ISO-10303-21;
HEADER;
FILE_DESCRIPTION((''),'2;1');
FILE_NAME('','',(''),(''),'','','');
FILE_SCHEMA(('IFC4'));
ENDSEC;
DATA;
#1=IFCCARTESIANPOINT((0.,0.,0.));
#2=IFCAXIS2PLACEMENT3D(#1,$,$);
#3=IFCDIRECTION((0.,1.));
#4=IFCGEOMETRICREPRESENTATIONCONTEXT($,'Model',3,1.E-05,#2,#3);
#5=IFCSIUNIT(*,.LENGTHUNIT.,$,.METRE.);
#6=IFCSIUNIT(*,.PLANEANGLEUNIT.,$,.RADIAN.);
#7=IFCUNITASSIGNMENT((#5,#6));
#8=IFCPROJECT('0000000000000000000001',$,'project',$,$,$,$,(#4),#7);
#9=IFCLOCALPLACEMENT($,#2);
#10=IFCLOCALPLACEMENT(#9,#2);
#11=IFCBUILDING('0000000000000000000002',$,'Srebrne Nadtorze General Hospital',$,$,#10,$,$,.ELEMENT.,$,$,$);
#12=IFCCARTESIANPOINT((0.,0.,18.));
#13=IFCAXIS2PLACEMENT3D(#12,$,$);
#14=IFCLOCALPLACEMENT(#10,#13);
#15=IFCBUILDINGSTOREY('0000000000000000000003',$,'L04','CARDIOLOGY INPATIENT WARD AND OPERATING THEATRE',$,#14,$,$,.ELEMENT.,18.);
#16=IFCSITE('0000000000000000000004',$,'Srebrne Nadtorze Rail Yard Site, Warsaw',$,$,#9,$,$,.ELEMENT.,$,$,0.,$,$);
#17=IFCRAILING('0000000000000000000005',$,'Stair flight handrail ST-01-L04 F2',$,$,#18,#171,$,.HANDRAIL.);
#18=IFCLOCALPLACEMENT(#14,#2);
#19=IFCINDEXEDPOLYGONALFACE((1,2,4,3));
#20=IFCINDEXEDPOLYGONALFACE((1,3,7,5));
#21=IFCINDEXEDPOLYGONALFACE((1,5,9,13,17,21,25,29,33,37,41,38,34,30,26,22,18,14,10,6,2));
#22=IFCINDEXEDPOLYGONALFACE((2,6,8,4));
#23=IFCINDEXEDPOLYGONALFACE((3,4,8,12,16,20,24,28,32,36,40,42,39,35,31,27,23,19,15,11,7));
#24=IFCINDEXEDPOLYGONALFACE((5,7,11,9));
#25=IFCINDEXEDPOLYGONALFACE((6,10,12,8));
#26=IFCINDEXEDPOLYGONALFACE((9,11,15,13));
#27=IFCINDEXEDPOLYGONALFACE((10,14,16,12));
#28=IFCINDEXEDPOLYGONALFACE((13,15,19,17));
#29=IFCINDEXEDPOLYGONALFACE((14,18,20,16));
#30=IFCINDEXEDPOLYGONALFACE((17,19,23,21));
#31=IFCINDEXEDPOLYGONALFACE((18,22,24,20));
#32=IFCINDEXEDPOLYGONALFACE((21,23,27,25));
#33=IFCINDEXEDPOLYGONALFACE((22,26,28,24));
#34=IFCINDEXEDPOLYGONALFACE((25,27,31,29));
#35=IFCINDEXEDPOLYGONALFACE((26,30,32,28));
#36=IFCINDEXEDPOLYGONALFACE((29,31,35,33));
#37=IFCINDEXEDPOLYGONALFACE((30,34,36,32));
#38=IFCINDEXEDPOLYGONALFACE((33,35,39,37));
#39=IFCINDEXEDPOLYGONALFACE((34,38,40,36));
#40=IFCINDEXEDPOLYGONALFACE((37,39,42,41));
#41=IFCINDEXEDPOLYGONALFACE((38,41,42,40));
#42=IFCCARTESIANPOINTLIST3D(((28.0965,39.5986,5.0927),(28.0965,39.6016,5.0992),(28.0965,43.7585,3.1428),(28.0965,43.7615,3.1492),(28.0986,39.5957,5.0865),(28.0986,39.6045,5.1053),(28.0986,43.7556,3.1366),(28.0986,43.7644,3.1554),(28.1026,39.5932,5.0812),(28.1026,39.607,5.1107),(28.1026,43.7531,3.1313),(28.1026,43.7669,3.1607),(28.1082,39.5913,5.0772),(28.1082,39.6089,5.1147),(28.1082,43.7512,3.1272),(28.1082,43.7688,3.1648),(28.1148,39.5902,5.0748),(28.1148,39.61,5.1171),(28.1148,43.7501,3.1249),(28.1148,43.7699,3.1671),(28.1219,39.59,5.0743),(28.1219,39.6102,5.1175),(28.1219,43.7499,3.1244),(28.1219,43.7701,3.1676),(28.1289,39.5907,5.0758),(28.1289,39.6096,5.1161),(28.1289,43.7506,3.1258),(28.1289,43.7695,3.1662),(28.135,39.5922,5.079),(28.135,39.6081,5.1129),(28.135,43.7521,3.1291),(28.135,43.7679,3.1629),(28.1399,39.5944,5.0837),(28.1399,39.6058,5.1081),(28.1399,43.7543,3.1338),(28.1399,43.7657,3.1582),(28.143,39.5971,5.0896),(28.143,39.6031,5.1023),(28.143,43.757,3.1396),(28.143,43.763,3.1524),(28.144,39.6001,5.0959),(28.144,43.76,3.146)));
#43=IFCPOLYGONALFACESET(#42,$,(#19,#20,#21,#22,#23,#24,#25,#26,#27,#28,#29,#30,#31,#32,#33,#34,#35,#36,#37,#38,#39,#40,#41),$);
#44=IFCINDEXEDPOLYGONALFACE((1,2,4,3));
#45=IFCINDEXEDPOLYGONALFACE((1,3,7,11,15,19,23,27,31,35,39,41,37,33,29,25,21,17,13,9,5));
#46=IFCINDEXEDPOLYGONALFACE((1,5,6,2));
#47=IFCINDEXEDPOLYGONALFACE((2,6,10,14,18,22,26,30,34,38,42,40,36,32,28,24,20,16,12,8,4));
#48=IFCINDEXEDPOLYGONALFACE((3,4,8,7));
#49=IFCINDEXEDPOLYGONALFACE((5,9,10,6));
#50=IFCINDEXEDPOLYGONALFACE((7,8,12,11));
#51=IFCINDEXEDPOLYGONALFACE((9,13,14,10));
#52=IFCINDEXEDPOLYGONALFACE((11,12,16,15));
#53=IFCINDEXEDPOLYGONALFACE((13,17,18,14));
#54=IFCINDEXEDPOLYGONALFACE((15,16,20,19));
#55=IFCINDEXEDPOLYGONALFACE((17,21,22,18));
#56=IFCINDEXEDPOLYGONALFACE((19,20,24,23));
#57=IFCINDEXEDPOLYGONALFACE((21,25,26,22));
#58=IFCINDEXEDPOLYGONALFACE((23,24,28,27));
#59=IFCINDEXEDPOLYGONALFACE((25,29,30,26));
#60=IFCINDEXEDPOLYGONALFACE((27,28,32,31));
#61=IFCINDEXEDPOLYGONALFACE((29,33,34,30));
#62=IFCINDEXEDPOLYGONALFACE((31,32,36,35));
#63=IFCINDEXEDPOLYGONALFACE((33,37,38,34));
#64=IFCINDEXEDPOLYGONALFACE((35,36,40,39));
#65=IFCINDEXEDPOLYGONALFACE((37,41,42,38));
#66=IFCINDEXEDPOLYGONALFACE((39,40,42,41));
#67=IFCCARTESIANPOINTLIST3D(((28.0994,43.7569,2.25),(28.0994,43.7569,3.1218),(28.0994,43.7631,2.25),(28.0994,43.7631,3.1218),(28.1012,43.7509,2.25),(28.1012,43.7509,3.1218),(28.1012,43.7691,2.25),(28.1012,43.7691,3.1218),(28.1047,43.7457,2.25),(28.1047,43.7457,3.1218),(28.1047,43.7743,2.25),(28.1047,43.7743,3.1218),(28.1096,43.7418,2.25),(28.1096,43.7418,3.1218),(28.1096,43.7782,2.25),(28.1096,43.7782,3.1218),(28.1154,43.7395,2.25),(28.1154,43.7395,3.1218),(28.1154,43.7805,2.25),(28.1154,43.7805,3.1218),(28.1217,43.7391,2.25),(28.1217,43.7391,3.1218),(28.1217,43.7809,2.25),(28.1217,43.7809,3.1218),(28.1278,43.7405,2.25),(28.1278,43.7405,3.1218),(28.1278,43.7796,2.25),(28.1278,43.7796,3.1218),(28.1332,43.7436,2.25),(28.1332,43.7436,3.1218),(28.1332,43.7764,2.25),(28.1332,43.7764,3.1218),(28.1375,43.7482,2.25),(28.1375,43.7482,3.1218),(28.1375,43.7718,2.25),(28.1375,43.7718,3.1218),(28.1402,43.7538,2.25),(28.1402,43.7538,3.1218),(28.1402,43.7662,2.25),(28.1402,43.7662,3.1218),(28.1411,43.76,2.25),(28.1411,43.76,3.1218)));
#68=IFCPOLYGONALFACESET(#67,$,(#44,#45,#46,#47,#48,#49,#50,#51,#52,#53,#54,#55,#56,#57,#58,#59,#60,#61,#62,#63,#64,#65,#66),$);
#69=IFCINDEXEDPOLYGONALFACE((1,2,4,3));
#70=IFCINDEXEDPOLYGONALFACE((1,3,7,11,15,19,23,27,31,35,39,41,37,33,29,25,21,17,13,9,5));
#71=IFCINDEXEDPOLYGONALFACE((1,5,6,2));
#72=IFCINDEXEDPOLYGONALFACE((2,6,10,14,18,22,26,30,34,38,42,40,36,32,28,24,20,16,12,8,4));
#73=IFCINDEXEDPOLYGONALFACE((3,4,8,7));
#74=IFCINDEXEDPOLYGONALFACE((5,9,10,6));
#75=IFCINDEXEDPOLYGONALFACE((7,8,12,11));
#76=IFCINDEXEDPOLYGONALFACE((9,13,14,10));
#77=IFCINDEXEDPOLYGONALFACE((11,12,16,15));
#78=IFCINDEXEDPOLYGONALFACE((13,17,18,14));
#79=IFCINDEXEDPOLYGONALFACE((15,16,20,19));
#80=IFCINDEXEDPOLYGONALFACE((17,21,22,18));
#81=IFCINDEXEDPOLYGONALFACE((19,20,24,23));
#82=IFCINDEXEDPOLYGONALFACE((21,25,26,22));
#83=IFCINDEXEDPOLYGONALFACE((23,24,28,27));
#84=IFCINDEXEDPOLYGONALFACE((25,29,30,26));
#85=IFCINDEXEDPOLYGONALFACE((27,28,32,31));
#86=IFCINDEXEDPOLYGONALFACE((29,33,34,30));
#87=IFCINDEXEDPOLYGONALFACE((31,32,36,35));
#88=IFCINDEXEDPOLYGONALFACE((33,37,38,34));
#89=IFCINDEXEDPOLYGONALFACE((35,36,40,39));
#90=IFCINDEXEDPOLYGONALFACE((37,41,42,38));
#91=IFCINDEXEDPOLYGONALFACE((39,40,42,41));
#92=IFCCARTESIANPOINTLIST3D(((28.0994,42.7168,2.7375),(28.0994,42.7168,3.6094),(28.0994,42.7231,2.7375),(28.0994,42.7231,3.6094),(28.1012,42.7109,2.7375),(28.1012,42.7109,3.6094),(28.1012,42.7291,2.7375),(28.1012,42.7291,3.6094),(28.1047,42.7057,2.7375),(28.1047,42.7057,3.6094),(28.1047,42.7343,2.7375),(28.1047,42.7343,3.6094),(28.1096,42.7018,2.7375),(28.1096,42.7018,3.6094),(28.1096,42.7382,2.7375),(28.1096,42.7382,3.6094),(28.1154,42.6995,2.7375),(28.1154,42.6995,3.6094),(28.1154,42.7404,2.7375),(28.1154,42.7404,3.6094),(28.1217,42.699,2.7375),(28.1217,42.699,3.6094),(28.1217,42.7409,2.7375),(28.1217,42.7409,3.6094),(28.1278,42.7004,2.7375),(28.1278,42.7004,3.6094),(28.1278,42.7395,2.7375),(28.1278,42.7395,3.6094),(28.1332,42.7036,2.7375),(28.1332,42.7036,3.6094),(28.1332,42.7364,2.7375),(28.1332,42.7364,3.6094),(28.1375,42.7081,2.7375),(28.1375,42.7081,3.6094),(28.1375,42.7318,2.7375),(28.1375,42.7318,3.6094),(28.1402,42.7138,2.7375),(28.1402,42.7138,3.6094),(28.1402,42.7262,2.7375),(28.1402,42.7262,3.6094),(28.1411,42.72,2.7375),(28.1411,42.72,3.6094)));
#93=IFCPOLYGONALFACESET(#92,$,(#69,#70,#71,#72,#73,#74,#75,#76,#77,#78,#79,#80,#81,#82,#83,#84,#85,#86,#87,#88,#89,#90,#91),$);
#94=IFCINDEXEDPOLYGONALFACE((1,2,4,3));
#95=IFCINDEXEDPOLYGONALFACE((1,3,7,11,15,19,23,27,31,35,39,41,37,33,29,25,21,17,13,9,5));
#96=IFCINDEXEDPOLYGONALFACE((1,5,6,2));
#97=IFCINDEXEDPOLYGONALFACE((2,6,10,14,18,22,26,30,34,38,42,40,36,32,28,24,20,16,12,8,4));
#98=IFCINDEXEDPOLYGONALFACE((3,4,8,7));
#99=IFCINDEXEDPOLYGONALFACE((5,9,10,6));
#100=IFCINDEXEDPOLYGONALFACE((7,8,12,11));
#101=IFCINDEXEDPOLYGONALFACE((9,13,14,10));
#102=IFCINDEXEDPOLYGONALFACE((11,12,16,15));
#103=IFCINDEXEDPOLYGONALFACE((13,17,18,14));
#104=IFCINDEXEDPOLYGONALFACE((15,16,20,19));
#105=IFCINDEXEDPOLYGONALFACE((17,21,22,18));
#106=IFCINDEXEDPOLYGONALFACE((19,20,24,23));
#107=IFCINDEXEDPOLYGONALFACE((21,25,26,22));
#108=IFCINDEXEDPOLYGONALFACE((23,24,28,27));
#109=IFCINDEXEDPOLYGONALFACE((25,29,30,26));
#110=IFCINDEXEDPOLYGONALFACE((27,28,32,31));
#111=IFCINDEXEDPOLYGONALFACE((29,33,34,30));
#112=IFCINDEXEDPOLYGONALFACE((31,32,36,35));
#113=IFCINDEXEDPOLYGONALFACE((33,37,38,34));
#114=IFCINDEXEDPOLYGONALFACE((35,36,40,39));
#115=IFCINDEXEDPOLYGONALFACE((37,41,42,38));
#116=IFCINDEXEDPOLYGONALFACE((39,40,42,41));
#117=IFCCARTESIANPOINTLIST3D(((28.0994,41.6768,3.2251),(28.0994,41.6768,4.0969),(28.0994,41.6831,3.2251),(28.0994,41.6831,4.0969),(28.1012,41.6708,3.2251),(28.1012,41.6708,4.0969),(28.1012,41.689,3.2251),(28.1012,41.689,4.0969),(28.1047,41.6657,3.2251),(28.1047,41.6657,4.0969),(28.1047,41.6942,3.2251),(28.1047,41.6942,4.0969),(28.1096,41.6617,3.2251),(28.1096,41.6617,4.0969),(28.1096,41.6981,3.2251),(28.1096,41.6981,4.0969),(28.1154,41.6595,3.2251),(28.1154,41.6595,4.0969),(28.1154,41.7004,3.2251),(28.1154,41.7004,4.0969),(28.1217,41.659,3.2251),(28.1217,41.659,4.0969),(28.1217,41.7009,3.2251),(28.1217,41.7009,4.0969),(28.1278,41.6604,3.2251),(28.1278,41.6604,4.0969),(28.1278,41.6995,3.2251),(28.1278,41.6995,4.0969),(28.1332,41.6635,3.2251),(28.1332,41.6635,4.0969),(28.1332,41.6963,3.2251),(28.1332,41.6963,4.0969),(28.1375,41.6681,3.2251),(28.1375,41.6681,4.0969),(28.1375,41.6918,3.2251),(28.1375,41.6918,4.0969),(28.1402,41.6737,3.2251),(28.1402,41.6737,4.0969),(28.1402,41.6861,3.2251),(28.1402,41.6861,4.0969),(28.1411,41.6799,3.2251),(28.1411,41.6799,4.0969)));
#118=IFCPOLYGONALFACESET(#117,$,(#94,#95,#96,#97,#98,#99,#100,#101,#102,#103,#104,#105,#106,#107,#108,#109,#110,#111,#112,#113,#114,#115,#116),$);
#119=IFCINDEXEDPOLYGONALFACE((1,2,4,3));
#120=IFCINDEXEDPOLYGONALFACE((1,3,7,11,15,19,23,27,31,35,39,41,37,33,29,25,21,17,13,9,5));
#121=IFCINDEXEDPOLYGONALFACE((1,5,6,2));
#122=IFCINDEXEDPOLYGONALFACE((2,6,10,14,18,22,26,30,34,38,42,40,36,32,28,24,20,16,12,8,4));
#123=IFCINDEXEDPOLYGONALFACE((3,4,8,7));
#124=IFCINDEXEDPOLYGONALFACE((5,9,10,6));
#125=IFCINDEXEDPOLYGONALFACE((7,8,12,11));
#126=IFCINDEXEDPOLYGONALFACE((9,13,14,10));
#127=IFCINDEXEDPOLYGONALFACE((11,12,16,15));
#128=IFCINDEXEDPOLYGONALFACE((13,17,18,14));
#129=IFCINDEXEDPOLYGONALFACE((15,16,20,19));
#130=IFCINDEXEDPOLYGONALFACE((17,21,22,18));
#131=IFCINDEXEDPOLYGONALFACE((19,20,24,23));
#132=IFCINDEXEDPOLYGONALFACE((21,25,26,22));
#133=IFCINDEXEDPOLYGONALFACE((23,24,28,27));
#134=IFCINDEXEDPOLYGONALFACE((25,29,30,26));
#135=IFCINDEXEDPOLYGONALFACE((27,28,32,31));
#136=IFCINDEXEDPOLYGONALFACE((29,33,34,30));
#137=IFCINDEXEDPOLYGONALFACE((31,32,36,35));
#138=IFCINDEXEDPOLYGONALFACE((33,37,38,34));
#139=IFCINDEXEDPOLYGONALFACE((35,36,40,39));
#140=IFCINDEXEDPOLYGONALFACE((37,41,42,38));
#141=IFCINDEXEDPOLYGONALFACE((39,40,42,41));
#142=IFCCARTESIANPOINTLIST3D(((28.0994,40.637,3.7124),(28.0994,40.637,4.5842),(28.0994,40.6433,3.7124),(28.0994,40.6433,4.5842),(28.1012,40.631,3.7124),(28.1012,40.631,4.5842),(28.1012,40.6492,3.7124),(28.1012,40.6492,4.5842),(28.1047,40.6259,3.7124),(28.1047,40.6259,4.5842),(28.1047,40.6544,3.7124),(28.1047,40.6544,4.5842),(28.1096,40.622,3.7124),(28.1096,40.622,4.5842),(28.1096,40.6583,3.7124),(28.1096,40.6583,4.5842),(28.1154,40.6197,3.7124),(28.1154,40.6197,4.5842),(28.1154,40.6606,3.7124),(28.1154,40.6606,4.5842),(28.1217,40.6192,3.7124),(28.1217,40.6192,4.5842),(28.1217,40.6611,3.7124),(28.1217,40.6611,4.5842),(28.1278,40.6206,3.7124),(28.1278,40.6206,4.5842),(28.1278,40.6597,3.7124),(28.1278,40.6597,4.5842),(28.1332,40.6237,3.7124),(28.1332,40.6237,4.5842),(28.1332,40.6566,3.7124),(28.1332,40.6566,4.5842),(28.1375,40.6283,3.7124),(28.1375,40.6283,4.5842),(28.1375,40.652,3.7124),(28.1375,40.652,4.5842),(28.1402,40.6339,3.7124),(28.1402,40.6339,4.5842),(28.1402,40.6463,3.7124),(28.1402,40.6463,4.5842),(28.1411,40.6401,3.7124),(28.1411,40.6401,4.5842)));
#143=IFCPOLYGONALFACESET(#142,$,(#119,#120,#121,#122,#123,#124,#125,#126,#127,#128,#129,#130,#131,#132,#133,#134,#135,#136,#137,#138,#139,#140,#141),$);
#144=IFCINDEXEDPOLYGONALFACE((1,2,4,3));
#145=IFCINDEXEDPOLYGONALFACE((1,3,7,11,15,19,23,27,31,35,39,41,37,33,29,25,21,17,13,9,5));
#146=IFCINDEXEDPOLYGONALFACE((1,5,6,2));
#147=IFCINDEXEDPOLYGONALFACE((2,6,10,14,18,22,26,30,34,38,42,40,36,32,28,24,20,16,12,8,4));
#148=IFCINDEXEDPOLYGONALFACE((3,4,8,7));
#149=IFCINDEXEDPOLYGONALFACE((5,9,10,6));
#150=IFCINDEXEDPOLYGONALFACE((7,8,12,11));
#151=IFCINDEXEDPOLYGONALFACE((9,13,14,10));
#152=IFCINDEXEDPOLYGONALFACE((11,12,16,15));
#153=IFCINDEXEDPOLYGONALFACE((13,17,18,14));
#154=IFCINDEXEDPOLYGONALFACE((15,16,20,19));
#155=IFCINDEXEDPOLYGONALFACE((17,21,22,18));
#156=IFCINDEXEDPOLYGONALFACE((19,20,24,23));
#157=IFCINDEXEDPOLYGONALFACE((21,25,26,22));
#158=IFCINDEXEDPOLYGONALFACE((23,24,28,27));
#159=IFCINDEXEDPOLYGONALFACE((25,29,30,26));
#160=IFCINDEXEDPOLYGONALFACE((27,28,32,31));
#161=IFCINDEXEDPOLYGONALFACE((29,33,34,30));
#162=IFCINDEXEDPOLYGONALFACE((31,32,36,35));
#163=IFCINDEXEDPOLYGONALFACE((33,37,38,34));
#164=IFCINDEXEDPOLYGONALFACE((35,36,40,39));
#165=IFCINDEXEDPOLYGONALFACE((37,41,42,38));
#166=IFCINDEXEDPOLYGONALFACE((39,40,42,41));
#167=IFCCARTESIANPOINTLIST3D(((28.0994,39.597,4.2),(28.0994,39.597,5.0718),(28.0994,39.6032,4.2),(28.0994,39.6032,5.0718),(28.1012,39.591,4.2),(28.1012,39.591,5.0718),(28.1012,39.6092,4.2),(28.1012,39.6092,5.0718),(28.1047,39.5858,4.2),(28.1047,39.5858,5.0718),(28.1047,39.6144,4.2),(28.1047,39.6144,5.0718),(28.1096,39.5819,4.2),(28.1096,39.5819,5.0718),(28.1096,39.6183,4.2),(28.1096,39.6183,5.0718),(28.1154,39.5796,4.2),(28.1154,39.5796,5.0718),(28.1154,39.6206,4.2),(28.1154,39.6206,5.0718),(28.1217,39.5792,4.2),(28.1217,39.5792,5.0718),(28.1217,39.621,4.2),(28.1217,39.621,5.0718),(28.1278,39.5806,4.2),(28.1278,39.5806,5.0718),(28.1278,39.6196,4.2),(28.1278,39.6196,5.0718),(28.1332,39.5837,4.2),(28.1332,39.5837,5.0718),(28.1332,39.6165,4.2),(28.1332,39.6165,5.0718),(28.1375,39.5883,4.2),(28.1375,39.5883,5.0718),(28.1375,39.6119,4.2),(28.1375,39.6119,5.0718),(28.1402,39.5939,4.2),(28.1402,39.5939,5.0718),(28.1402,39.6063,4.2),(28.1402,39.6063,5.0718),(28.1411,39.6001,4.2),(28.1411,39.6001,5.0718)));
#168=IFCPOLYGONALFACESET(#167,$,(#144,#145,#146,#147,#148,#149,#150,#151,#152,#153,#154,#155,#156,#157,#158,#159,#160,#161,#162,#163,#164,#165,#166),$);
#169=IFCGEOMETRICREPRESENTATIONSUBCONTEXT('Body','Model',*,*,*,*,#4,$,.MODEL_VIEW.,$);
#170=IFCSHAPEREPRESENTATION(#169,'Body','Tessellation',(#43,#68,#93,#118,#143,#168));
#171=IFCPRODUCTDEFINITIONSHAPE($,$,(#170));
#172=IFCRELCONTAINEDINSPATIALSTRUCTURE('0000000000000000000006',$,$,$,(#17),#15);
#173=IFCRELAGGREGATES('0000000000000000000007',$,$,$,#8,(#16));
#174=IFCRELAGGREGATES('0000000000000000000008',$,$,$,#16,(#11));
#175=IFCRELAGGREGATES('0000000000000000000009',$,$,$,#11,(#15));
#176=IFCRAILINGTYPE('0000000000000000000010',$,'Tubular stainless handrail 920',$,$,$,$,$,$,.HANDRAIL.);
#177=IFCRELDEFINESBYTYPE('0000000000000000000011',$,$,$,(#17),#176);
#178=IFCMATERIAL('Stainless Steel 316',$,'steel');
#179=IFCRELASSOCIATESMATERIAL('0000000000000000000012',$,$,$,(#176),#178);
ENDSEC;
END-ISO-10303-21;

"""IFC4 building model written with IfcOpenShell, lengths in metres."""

from ifc_helpers import new_model, si_unit, direction, frame, origin, origin_2d, place, context, subcontext, project, spatial, circle, extrude, material, type_object, element, save


model = new_model("IFC4")

# Units and contexts
model_context = context("Model", 3, precision=1e-05, world=origin(), true_north=direction((0.0, 1.0)))
body_context = subcontext(model_context, "Body", "Model", "MODEL_VIEW")
ifc_project = project(units=[si_unit("LENGTHUNIT", "METRE"), si_unit("PLANEANGLEUNIT", "RADIAN")], contexts=[model_context])

# Site, building, storey
site_placement = place(None, origin())
site = spatial("IfcSite", under=ifc_project, at=site_placement, Name="Srebrne Nadtorze Rail Yard Site, Warsaw", CompositionType="ELEMENT", RefElevation=0.0)
building_placement = place(site_placement, origin())
building = spatial("IfcBuilding", under=site, at=building_placement, Name="Srebrne Nadtorze General Hospital", CompositionType="ELEMENT")
storey_placement = place(building_placement, frame((0.0, 0.0, 18.0)))
storey = spatial("IfcBuildingStorey", under=building, at=storey_placement, Name="L04", Description="CARDIOLOGY INPATIENT WARD AND OPERATING THEATRE", CompositionType="ELEMENT", Elevation=18.0)

# Railing
ifc_material_1 = material(Name="Stainless Steel 316", Category="steel")
railing_type_1 = type_object("IfcRailingType", Name="Tubular stainless handrail 920", PredefinedType="HANDRAIL", material=ifc_material_1)
railing_1_placement = place(storey_placement, frame((28.1201, 43.76, 2.25)))
element("IfcRailing", 1, at=railing_1_placement, inside=storey, type_object=railing_type_1, Name="Stair flight handrail ST-01-L04 F2", PredefinedType="HANDRAIL", context=body_context, shape_type="SweptSolid", body=[
    extrude(circle(Radius=0.0239, at=origin_2d()), frame((0.0, 0.0, 0.896), z_axis=(0.0, -0.90546, 0.424433), x_axis=(1.0, 0.0, 0.0)), (0.0, 0.0, 1.0), 4.5942),
    extrude(circle(Radius=0.021, at=origin_2d()), origin(), (0.0, 0.0, 1.0), 0.8718),
    extrude(circle(Radius=0.021, at=origin_2d()), frame((0.0, -1.04, 0.4875)), (0.0, 0.0, 1.0), 0.8718),
    extrude(circle(Radius=0.021, at=origin_2d()), frame((0.0, -2.0801, 0.9751)), (0.0, 0.0, 1.0), 0.8718),
    extrude(circle(Radius=0.021, at=origin_2d()), frame((0.0, -3.1199, 1.4624)), (0.0, 0.0, 1.0), 0.8718),
    extrude(circle(Radius=0.021, at=origin_2d()), frame((0.0, -4.1599, 1.95)), (0.0, 0.0, 1.0), 0.8718),
])

save(model, "model.ifc")
